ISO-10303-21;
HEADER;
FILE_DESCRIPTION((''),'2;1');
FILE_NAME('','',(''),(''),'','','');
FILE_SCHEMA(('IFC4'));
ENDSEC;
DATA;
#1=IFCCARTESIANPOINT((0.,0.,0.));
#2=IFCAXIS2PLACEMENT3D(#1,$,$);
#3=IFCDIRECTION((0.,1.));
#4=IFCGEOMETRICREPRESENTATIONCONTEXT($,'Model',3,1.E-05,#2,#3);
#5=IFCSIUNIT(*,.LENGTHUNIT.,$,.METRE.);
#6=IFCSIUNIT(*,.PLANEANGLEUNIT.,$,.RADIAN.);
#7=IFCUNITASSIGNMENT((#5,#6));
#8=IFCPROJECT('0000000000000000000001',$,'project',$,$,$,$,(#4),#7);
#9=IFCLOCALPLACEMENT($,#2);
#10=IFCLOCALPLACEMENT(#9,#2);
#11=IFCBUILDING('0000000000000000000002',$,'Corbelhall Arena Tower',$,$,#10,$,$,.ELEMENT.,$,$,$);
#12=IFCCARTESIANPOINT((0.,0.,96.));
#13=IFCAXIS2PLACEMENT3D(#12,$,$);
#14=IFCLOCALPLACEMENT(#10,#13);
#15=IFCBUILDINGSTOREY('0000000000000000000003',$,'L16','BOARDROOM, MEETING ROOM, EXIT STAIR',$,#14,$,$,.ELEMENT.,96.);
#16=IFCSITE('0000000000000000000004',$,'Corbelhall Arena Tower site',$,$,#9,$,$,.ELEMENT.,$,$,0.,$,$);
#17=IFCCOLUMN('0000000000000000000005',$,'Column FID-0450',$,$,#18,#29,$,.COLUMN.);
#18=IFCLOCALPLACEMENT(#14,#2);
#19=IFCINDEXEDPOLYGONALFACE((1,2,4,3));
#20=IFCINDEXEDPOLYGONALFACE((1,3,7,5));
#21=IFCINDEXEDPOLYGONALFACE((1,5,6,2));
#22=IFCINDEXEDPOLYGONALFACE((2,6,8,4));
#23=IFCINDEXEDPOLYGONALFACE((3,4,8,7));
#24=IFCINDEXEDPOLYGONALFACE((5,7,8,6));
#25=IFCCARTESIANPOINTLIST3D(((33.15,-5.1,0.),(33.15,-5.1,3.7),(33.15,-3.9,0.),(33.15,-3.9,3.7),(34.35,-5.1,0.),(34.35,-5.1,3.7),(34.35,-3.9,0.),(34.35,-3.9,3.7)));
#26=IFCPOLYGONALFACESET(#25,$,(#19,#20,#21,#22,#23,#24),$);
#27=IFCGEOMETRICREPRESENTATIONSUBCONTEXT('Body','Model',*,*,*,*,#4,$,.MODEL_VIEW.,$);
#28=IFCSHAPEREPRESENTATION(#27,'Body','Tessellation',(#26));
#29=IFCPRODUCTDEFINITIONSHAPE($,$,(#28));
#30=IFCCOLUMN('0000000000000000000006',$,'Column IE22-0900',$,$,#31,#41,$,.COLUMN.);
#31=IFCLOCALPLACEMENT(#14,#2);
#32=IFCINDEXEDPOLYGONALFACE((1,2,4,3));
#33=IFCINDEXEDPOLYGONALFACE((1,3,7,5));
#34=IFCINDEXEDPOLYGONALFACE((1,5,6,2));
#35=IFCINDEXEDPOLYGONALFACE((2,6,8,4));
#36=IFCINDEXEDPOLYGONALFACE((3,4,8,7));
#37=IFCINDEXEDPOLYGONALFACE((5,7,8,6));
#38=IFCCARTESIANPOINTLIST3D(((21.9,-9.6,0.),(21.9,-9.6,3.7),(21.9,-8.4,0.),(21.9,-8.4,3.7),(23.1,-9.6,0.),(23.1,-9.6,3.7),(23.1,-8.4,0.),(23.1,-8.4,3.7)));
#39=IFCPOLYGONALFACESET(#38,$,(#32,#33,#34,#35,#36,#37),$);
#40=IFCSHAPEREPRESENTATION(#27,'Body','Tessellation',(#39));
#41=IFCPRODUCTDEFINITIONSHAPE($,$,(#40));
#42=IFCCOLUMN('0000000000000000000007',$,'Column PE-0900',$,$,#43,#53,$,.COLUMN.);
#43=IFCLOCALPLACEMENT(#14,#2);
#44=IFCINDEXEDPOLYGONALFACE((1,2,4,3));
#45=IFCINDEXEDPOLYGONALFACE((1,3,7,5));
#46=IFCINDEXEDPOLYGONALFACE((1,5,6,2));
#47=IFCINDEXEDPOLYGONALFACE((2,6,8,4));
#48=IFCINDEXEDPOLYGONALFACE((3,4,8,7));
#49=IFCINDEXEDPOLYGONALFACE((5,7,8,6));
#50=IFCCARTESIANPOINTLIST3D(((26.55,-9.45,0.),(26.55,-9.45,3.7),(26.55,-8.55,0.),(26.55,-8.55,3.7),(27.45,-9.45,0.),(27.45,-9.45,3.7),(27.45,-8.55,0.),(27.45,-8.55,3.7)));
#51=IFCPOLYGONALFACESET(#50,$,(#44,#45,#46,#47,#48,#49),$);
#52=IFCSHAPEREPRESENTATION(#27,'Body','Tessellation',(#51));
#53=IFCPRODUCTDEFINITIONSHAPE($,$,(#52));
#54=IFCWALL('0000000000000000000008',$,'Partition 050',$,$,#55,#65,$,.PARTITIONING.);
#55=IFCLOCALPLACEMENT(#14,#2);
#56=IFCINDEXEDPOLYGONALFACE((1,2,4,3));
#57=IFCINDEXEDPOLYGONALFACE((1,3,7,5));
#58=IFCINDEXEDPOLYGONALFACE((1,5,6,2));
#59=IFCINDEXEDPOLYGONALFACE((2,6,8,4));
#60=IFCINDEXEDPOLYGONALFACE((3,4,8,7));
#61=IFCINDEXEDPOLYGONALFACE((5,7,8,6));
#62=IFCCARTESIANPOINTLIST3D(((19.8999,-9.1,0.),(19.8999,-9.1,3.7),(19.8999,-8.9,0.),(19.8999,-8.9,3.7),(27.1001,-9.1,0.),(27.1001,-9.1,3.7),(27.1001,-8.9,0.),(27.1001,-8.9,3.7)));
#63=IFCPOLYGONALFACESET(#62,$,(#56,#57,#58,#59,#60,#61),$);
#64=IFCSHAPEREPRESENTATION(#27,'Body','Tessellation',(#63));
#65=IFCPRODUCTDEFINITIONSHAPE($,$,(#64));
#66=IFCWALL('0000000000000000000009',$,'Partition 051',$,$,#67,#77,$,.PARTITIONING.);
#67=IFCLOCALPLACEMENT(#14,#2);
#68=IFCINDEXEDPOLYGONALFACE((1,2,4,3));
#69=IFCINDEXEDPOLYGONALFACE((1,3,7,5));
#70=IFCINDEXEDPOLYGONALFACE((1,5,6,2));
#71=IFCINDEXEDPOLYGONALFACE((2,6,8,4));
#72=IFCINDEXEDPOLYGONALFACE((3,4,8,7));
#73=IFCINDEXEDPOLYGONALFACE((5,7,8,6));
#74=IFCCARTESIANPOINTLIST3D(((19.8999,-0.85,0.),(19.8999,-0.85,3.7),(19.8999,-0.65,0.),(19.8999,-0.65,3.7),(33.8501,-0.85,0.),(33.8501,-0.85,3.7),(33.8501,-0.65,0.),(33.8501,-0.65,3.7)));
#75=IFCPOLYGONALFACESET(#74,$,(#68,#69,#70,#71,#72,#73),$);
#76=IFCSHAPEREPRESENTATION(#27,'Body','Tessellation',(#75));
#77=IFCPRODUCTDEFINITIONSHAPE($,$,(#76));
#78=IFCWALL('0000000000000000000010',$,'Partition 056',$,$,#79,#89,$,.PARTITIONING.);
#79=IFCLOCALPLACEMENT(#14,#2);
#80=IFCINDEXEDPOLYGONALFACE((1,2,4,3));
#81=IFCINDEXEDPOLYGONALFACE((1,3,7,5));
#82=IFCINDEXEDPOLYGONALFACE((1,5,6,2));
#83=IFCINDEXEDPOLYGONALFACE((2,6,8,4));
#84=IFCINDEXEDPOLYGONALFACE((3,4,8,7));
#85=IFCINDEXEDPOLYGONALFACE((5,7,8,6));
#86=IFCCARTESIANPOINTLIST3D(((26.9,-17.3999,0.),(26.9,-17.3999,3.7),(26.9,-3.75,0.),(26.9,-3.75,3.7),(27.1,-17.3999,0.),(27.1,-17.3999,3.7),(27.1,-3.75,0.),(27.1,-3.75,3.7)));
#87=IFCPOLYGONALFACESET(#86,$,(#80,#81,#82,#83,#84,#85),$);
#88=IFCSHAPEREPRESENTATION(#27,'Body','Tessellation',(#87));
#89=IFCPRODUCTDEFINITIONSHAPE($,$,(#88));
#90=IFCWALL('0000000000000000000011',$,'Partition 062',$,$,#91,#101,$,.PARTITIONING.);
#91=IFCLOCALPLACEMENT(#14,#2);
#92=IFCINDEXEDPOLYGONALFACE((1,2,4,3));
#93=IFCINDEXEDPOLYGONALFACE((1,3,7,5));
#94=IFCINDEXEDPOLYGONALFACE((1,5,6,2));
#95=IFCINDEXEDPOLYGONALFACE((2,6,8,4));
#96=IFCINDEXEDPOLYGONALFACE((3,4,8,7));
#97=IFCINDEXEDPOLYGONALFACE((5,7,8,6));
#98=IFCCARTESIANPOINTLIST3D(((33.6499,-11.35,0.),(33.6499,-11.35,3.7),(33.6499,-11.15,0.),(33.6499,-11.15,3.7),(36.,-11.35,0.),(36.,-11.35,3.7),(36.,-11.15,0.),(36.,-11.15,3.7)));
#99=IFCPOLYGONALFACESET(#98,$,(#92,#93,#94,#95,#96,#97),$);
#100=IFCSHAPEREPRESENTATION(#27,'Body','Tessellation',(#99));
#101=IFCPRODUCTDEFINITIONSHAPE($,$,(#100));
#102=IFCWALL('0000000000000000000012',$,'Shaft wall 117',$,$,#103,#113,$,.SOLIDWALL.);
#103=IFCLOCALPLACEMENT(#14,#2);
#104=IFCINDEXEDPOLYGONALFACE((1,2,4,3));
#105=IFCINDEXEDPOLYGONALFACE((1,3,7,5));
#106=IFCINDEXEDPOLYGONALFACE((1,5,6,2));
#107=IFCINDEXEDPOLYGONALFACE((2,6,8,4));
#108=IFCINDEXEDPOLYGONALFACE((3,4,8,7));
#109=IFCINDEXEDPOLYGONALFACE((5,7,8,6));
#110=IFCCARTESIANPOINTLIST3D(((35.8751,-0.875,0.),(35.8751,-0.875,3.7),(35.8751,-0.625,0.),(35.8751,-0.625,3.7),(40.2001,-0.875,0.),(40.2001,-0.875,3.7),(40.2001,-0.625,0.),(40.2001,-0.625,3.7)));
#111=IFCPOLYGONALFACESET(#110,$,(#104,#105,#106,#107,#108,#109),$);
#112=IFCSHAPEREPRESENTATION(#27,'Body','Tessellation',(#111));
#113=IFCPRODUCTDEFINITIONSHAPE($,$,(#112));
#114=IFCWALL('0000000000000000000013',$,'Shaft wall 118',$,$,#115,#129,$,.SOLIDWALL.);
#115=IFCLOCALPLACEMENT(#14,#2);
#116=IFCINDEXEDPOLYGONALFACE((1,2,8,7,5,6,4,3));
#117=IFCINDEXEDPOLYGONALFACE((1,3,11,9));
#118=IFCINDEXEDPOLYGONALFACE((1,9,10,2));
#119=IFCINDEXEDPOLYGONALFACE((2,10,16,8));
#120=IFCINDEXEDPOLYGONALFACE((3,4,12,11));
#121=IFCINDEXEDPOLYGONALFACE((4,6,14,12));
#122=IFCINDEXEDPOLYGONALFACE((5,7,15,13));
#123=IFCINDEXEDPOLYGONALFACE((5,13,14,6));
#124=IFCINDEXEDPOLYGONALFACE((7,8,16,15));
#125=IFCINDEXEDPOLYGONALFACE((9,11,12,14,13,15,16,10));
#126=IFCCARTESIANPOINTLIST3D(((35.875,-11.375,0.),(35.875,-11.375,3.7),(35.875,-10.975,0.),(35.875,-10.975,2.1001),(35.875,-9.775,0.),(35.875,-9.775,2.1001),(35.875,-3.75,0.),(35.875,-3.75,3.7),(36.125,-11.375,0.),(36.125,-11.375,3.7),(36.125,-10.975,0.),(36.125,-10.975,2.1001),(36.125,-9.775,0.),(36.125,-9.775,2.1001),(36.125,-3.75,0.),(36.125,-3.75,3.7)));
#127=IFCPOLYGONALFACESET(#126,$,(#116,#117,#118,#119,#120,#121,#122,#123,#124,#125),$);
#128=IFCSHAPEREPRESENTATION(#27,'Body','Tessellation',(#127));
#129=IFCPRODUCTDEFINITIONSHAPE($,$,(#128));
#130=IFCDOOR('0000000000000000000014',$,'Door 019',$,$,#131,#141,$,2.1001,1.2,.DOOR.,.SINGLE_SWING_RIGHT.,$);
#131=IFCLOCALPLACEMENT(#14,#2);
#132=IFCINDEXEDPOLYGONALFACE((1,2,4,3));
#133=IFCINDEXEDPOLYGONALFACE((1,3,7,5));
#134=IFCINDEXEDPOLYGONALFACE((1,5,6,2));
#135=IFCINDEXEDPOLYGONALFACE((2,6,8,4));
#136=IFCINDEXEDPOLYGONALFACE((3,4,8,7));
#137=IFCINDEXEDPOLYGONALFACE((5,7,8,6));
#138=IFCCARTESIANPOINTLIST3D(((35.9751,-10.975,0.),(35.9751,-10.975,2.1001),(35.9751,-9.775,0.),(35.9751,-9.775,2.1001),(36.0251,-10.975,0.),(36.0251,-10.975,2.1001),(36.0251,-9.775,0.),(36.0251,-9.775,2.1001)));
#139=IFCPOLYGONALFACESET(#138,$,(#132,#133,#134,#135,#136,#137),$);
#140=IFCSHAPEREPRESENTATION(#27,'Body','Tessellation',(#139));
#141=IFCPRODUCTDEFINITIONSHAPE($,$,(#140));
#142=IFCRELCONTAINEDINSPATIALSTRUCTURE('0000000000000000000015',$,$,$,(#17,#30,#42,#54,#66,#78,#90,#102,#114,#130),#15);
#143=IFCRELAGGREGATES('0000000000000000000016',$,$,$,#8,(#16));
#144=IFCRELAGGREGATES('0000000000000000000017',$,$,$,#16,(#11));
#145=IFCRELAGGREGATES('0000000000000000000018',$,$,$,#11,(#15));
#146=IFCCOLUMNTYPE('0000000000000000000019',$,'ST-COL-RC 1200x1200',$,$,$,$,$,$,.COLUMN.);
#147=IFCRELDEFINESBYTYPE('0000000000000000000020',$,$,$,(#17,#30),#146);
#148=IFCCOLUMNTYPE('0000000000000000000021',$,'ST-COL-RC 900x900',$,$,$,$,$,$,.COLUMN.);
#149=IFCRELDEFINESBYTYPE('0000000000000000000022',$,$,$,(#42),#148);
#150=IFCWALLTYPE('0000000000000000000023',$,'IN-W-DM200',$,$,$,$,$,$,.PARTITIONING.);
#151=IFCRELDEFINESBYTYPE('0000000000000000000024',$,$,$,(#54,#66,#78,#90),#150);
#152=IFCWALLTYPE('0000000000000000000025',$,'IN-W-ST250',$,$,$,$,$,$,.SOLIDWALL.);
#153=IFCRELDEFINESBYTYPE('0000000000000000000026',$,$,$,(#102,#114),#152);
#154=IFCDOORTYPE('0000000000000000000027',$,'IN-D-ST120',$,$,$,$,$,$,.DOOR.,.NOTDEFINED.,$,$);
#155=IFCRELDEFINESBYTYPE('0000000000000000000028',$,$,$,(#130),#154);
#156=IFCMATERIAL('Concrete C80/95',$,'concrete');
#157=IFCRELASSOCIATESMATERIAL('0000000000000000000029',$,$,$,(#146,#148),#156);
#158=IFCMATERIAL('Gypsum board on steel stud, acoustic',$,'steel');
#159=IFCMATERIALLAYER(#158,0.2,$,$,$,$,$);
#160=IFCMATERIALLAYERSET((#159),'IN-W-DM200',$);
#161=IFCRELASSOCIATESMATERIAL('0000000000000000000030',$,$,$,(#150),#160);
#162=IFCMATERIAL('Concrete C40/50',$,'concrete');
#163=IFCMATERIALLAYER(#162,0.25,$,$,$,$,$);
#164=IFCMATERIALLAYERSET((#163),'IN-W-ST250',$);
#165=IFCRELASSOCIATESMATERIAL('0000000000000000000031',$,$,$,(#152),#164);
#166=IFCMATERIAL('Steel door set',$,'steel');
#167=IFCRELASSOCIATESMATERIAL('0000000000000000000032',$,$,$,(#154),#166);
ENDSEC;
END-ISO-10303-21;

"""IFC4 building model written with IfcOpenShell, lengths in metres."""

from ifc_helpers import new_model, si_unit, direction, frame, frame_2d, origin, origin_2d, place, context, subcontext, project, spatial, rectangle, extrude, material, layer, layer_set, material_profile, profile_set, type_object, element, fill, save


model = new_model("IFC4")

# Units and contexts
model_context = context("Model", 3, precision=1e-05, world=origin(), true_north=direction((0.0, 1.0)))
body_context = subcontext(model_context, "Body", "Model", "MODEL_VIEW")
ifc_project = project(units=[si_unit("LENGTHUNIT", "METRE"), si_unit("PLANEANGLEUNIT", "RADIAN")], contexts=[model_context])

# Site, building, storey
site_placement = place(None, origin())
site = spatial("IfcSite", under=ifc_project, at=site_placement, Name="Corbelhall Arena Tower site", CompositionType="ELEMENT", RefElevation=0.0)
building_placement = place(site_placement, origin())
building = spatial("IfcBuilding", under=site, at=building_placement, Name="Corbelhall Arena Tower", CompositionType="ELEMENT")
storey_placement = place(building_placement, frame((0.0, 0.0, 96.0)))
storey = spatial("IfcBuildingStorey", under=building, at=storey_placement, Name="L16", Description="BOARDROOM, MEETING ROOM, EXIT STAIR", CompositionType="ELEMENT", Elevation=96.0)

# Columns
ifc_material_1 = material(Name="Concrete C80/95", Category="concrete")
ifc_material_profile_1 = material_profile(ifc_material_1, rectangle(XDim=1.2, YDim=1.2, at=origin_2d()))
ifc_profile_set_1 = profile_set([ifc_material_profile_1], Name="Concrete C80/95")
column_type_1 = type_object("IfcColumnType", Name="ST-COL-RC 1200x1200", PredefinedType="COLUMN", material=ifc_profile_set_1)
for number, where, z_axis, x_axis, name in (
    (1, (33.75, -4.5, 0.0), (0.0, 0.0, 1.0), (1.0, 0.0, 0.0), "Column FID-0450"),
    (2, (22.5, -9.0, 0.0), (0.0, 0.0, 1.0), (1.0, 0.0, 0.0), "Column IE22-0900"),
):
    element("IfcColumn", number, at=place(storey_placement, frame(where, z_axis=z_axis, x_axis=x_axis)), inside=storey, type_object=column_type_1, Name=name, PredefinedType="COLUMN", context=body_context, shape_type="SweptSolid", body=[
        extrude(rectangle(XDim=1.2, YDim=1.2, at=origin_2d()), origin(), (0.0, 0.0, 1.0), 3.7),
    ])
ifc_material_profile_2 = material_profile(ifc_material_1, rectangle(XDim=0.8999, YDim=0.8999, at=origin_2d()))
ifc_profile_set_2 = profile_set([ifc_material_profile_2], Name="Concrete C80/95")
column_type_2 = type_object("IfcColumnType", Name="ST-COL-RC 900x900", PredefinedType="COLUMN", material=ifc_profile_set_2)
column_placement = place(storey_placement, frame((27.0, -9.0, 0.0), z_axis=(0.0, 0.0, 1.0), x_axis=(1.0, 0.0, 0.0)))
element("IfcColumn", 3, at=column_placement, inside=storey, type_object=column_type_2, Name="Column PE-0900", PredefinedType="COLUMN", context=body_context, shape_type="SweptSolid", body=[
    extrude(rectangle(XDim=0.8999, YDim=0.8999, at=origin_2d()), origin(), (0.0, 0.0, 1.0), 3.7),
])

# Shared definitions
ifc_material_2 = material(Name="Gypsum board on steel stud, acoustic", Category="steel")
ifc_layer_1 = layer(ifc_material_2, 0.2)
ifc_layer_set_1 = layer_set([ifc_layer_1], Name="IN-W-DM200")
wall_type_1 = type_object("IfcWallType", Name="IN-W-DM200", PredefinedType="PARTITIONING", material=ifc_layer_set_1)
ifc_material_3 = material(Name="Steel door set", Category="steel")

# Walls
wall_1_placement = place(storey_placement, frame((19.8999, -9.0, 0.0), z_axis=(0.0, 0.0, 1.0), x_axis=(1.0, 0.0, 0.0)))
element("IfcWall", 4, at=wall_1_placement, inside=storey, type_object=wall_type_1, Name="Partition 050", PredefinedType="PARTITIONING", context=body_context, shape_type="SweptSolid", body=[
    extrude(rectangle(XDim=7.2002, YDim=0.2, at=frame_2d((3.6001, 0.0))), origin(), (0.0, 0.0, 1.0), 3.7),
])
wall_2_placement = place(storey_placement, frame((19.8999, -0.75, 0.0), z_axis=(0.0, 0.0, 1.0), x_axis=(1.0, 0.0, 0.0)))
element("IfcWall", 5, at=wall_2_placement, inside=storey, type_object=wall_type_1, Name="Partition 051", PredefinedType="PARTITIONING", context=body_context, shape_type="SweptSolid", body=[
    extrude(rectangle(XDim=13.9502, YDim=0.2, at=frame_2d((6.9751, 0.0))), origin(), (0.0, 0.0, 1.0), 3.7),
])
wall_3_placement = place(storey_placement, frame((27.0, -3.75, 0.0), z_axis=(0.0, 0.0, 1.0), x_axis=(0.0, -1.0, 0.0)))
element("IfcWall", 6, at=wall_3_placement, inside=storey, type_object=wall_type_1, Name="Partition 056", PredefinedType="PARTITIONING", context=body_context, shape_type="SweptSolid", body=[
    extrude(rectangle(XDim=13.6499, YDim=0.2, at=frame_2d((6.825, 0.0))), origin(), (0.0, 0.0, 1.0), 3.7),
])

# Walls
wall_4_placement = place(storey_placement, frame((36.0, -11.25, 0.0), z_axis=(0.0, 0.0, 1.0), x_axis=(-1.0, 0.0, 0.0)))
element("IfcWall", 7, at=wall_4_placement, inside=storey, type_object=wall_type_1, Name="Partition 062", PredefinedType="PARTITIONING", context=body_context, shape_type="SweptSolid", body=[
    extrude(rectangle(XDim=2.3501, YDim=0.2, at=frame_2d((1.175, 0.0))), origin(), (0.0, 0.0, 1.0), 3.7),
])
ifc_material_4 = material(Name="Concrete C40/50", Category="concrete")
ifc_layer_2 = layer(ifc_material_4, 0.25)
ifc_layer_set_2 = layer_set([ifc_layer_2], Name="IN-W-ST250")
wall_type_2 = type_object("IfcWallType", Name="IN-W-ST250", PredefinedType="SOLIDWALL", material=ifc_layer_set_2)
wall_5_placement = place(storey_placement, frame((35.875, -0.75, 0.0), z_axis=(0.0, 0.0, 1.0), x_axis=(1.0, 0.0, 0.0)))
element("IfcWall", 8, at=wall_5_placement, inside=storey, type_object=wall_type_2, Name="Shaft wall 117", PredefinedType="SOLIDWALL", context=body_context, shape_type="SweptSolid", body=[
    extrude(rectangle(XDim=4.325, YDim=0.25, at=frame_2d((2.1626, 0.0))), origin(), (0.0, 0.0, 1.0), 3.7),
])

# Wall, opening, door
wall_6_placement = place(storey_placement, frame((36.0, -11.375, 0.0), z_axis=(0.0, 0.0, 1.0), x_axis=(0.0, 1.0, 0.0)))
wall_6 = element("IfcWall", 9, at=wall_6_placement, inside=storey, type_object=wall_type_2, Name="Shaft wall 118", PredefinedType="SOLIDWALL", context=body_context, shape_type="SweptSolid", body=[
    extrude(rectangle(XDim=7.625, YDim=0.25, at=frame_2d((3.8125, 0.0))), origin(), (0.0, 0.0, 1.0), 3.7),
])
opening_1_placement = place(wall_6_placement, frame((0.3999, 0.0, 0.0)))
opening_1 = element("IfcOpeningElement", 10, at=opening_1_placement, cuts=wall_6, PredefinedType="OPENING", context=body_context, shape_type="SweptSolid", body=[
    extrude(rectangle(XDim=1.2, YDim=2.1001, at=frame_2d((0.6001, 1.05))), frame((0.0, 0.125, 0.0), z_axis=(0.0, -1.0, 0.0), x_axis=(1.0, 0.0, 0.0)), (0.0, 0.0, 1.0), 0.25),
])
door_type_1 = type_object("IfcDoorType", Name="IN-D-ST120", OperationType="NOTDEFINED", PredefinedType="DOOR", material=ifc_material_3)
door_1_placement = place(opening_1_placement, origin())
door_1 = element("IfcDoor", 11, at=door_1_placement, inside=storey, type_object=door_type_1, Name="Door 019", OperationType="SINGLE_SWING_RIGHT", OverallHeight=2.1001, OverallWidth=1.2, PredefinedType="DOOR", context=body_context, shape_type="SweptSolid", body=[
    extrude(rectangle(XDim=1.2, YDim=2.1001, at=frame_2d((0.6001, 1.05))), frame((0.0, 0.0249, 0.0), z_axis=(0.0, -1.0, 0.0), x_axis=(1.0, 0.0, 0.0)), (0.0, 0.0, 1.0), 0.05),
])
fill(opening_1, door_1)

save(model, "model.ifc")
